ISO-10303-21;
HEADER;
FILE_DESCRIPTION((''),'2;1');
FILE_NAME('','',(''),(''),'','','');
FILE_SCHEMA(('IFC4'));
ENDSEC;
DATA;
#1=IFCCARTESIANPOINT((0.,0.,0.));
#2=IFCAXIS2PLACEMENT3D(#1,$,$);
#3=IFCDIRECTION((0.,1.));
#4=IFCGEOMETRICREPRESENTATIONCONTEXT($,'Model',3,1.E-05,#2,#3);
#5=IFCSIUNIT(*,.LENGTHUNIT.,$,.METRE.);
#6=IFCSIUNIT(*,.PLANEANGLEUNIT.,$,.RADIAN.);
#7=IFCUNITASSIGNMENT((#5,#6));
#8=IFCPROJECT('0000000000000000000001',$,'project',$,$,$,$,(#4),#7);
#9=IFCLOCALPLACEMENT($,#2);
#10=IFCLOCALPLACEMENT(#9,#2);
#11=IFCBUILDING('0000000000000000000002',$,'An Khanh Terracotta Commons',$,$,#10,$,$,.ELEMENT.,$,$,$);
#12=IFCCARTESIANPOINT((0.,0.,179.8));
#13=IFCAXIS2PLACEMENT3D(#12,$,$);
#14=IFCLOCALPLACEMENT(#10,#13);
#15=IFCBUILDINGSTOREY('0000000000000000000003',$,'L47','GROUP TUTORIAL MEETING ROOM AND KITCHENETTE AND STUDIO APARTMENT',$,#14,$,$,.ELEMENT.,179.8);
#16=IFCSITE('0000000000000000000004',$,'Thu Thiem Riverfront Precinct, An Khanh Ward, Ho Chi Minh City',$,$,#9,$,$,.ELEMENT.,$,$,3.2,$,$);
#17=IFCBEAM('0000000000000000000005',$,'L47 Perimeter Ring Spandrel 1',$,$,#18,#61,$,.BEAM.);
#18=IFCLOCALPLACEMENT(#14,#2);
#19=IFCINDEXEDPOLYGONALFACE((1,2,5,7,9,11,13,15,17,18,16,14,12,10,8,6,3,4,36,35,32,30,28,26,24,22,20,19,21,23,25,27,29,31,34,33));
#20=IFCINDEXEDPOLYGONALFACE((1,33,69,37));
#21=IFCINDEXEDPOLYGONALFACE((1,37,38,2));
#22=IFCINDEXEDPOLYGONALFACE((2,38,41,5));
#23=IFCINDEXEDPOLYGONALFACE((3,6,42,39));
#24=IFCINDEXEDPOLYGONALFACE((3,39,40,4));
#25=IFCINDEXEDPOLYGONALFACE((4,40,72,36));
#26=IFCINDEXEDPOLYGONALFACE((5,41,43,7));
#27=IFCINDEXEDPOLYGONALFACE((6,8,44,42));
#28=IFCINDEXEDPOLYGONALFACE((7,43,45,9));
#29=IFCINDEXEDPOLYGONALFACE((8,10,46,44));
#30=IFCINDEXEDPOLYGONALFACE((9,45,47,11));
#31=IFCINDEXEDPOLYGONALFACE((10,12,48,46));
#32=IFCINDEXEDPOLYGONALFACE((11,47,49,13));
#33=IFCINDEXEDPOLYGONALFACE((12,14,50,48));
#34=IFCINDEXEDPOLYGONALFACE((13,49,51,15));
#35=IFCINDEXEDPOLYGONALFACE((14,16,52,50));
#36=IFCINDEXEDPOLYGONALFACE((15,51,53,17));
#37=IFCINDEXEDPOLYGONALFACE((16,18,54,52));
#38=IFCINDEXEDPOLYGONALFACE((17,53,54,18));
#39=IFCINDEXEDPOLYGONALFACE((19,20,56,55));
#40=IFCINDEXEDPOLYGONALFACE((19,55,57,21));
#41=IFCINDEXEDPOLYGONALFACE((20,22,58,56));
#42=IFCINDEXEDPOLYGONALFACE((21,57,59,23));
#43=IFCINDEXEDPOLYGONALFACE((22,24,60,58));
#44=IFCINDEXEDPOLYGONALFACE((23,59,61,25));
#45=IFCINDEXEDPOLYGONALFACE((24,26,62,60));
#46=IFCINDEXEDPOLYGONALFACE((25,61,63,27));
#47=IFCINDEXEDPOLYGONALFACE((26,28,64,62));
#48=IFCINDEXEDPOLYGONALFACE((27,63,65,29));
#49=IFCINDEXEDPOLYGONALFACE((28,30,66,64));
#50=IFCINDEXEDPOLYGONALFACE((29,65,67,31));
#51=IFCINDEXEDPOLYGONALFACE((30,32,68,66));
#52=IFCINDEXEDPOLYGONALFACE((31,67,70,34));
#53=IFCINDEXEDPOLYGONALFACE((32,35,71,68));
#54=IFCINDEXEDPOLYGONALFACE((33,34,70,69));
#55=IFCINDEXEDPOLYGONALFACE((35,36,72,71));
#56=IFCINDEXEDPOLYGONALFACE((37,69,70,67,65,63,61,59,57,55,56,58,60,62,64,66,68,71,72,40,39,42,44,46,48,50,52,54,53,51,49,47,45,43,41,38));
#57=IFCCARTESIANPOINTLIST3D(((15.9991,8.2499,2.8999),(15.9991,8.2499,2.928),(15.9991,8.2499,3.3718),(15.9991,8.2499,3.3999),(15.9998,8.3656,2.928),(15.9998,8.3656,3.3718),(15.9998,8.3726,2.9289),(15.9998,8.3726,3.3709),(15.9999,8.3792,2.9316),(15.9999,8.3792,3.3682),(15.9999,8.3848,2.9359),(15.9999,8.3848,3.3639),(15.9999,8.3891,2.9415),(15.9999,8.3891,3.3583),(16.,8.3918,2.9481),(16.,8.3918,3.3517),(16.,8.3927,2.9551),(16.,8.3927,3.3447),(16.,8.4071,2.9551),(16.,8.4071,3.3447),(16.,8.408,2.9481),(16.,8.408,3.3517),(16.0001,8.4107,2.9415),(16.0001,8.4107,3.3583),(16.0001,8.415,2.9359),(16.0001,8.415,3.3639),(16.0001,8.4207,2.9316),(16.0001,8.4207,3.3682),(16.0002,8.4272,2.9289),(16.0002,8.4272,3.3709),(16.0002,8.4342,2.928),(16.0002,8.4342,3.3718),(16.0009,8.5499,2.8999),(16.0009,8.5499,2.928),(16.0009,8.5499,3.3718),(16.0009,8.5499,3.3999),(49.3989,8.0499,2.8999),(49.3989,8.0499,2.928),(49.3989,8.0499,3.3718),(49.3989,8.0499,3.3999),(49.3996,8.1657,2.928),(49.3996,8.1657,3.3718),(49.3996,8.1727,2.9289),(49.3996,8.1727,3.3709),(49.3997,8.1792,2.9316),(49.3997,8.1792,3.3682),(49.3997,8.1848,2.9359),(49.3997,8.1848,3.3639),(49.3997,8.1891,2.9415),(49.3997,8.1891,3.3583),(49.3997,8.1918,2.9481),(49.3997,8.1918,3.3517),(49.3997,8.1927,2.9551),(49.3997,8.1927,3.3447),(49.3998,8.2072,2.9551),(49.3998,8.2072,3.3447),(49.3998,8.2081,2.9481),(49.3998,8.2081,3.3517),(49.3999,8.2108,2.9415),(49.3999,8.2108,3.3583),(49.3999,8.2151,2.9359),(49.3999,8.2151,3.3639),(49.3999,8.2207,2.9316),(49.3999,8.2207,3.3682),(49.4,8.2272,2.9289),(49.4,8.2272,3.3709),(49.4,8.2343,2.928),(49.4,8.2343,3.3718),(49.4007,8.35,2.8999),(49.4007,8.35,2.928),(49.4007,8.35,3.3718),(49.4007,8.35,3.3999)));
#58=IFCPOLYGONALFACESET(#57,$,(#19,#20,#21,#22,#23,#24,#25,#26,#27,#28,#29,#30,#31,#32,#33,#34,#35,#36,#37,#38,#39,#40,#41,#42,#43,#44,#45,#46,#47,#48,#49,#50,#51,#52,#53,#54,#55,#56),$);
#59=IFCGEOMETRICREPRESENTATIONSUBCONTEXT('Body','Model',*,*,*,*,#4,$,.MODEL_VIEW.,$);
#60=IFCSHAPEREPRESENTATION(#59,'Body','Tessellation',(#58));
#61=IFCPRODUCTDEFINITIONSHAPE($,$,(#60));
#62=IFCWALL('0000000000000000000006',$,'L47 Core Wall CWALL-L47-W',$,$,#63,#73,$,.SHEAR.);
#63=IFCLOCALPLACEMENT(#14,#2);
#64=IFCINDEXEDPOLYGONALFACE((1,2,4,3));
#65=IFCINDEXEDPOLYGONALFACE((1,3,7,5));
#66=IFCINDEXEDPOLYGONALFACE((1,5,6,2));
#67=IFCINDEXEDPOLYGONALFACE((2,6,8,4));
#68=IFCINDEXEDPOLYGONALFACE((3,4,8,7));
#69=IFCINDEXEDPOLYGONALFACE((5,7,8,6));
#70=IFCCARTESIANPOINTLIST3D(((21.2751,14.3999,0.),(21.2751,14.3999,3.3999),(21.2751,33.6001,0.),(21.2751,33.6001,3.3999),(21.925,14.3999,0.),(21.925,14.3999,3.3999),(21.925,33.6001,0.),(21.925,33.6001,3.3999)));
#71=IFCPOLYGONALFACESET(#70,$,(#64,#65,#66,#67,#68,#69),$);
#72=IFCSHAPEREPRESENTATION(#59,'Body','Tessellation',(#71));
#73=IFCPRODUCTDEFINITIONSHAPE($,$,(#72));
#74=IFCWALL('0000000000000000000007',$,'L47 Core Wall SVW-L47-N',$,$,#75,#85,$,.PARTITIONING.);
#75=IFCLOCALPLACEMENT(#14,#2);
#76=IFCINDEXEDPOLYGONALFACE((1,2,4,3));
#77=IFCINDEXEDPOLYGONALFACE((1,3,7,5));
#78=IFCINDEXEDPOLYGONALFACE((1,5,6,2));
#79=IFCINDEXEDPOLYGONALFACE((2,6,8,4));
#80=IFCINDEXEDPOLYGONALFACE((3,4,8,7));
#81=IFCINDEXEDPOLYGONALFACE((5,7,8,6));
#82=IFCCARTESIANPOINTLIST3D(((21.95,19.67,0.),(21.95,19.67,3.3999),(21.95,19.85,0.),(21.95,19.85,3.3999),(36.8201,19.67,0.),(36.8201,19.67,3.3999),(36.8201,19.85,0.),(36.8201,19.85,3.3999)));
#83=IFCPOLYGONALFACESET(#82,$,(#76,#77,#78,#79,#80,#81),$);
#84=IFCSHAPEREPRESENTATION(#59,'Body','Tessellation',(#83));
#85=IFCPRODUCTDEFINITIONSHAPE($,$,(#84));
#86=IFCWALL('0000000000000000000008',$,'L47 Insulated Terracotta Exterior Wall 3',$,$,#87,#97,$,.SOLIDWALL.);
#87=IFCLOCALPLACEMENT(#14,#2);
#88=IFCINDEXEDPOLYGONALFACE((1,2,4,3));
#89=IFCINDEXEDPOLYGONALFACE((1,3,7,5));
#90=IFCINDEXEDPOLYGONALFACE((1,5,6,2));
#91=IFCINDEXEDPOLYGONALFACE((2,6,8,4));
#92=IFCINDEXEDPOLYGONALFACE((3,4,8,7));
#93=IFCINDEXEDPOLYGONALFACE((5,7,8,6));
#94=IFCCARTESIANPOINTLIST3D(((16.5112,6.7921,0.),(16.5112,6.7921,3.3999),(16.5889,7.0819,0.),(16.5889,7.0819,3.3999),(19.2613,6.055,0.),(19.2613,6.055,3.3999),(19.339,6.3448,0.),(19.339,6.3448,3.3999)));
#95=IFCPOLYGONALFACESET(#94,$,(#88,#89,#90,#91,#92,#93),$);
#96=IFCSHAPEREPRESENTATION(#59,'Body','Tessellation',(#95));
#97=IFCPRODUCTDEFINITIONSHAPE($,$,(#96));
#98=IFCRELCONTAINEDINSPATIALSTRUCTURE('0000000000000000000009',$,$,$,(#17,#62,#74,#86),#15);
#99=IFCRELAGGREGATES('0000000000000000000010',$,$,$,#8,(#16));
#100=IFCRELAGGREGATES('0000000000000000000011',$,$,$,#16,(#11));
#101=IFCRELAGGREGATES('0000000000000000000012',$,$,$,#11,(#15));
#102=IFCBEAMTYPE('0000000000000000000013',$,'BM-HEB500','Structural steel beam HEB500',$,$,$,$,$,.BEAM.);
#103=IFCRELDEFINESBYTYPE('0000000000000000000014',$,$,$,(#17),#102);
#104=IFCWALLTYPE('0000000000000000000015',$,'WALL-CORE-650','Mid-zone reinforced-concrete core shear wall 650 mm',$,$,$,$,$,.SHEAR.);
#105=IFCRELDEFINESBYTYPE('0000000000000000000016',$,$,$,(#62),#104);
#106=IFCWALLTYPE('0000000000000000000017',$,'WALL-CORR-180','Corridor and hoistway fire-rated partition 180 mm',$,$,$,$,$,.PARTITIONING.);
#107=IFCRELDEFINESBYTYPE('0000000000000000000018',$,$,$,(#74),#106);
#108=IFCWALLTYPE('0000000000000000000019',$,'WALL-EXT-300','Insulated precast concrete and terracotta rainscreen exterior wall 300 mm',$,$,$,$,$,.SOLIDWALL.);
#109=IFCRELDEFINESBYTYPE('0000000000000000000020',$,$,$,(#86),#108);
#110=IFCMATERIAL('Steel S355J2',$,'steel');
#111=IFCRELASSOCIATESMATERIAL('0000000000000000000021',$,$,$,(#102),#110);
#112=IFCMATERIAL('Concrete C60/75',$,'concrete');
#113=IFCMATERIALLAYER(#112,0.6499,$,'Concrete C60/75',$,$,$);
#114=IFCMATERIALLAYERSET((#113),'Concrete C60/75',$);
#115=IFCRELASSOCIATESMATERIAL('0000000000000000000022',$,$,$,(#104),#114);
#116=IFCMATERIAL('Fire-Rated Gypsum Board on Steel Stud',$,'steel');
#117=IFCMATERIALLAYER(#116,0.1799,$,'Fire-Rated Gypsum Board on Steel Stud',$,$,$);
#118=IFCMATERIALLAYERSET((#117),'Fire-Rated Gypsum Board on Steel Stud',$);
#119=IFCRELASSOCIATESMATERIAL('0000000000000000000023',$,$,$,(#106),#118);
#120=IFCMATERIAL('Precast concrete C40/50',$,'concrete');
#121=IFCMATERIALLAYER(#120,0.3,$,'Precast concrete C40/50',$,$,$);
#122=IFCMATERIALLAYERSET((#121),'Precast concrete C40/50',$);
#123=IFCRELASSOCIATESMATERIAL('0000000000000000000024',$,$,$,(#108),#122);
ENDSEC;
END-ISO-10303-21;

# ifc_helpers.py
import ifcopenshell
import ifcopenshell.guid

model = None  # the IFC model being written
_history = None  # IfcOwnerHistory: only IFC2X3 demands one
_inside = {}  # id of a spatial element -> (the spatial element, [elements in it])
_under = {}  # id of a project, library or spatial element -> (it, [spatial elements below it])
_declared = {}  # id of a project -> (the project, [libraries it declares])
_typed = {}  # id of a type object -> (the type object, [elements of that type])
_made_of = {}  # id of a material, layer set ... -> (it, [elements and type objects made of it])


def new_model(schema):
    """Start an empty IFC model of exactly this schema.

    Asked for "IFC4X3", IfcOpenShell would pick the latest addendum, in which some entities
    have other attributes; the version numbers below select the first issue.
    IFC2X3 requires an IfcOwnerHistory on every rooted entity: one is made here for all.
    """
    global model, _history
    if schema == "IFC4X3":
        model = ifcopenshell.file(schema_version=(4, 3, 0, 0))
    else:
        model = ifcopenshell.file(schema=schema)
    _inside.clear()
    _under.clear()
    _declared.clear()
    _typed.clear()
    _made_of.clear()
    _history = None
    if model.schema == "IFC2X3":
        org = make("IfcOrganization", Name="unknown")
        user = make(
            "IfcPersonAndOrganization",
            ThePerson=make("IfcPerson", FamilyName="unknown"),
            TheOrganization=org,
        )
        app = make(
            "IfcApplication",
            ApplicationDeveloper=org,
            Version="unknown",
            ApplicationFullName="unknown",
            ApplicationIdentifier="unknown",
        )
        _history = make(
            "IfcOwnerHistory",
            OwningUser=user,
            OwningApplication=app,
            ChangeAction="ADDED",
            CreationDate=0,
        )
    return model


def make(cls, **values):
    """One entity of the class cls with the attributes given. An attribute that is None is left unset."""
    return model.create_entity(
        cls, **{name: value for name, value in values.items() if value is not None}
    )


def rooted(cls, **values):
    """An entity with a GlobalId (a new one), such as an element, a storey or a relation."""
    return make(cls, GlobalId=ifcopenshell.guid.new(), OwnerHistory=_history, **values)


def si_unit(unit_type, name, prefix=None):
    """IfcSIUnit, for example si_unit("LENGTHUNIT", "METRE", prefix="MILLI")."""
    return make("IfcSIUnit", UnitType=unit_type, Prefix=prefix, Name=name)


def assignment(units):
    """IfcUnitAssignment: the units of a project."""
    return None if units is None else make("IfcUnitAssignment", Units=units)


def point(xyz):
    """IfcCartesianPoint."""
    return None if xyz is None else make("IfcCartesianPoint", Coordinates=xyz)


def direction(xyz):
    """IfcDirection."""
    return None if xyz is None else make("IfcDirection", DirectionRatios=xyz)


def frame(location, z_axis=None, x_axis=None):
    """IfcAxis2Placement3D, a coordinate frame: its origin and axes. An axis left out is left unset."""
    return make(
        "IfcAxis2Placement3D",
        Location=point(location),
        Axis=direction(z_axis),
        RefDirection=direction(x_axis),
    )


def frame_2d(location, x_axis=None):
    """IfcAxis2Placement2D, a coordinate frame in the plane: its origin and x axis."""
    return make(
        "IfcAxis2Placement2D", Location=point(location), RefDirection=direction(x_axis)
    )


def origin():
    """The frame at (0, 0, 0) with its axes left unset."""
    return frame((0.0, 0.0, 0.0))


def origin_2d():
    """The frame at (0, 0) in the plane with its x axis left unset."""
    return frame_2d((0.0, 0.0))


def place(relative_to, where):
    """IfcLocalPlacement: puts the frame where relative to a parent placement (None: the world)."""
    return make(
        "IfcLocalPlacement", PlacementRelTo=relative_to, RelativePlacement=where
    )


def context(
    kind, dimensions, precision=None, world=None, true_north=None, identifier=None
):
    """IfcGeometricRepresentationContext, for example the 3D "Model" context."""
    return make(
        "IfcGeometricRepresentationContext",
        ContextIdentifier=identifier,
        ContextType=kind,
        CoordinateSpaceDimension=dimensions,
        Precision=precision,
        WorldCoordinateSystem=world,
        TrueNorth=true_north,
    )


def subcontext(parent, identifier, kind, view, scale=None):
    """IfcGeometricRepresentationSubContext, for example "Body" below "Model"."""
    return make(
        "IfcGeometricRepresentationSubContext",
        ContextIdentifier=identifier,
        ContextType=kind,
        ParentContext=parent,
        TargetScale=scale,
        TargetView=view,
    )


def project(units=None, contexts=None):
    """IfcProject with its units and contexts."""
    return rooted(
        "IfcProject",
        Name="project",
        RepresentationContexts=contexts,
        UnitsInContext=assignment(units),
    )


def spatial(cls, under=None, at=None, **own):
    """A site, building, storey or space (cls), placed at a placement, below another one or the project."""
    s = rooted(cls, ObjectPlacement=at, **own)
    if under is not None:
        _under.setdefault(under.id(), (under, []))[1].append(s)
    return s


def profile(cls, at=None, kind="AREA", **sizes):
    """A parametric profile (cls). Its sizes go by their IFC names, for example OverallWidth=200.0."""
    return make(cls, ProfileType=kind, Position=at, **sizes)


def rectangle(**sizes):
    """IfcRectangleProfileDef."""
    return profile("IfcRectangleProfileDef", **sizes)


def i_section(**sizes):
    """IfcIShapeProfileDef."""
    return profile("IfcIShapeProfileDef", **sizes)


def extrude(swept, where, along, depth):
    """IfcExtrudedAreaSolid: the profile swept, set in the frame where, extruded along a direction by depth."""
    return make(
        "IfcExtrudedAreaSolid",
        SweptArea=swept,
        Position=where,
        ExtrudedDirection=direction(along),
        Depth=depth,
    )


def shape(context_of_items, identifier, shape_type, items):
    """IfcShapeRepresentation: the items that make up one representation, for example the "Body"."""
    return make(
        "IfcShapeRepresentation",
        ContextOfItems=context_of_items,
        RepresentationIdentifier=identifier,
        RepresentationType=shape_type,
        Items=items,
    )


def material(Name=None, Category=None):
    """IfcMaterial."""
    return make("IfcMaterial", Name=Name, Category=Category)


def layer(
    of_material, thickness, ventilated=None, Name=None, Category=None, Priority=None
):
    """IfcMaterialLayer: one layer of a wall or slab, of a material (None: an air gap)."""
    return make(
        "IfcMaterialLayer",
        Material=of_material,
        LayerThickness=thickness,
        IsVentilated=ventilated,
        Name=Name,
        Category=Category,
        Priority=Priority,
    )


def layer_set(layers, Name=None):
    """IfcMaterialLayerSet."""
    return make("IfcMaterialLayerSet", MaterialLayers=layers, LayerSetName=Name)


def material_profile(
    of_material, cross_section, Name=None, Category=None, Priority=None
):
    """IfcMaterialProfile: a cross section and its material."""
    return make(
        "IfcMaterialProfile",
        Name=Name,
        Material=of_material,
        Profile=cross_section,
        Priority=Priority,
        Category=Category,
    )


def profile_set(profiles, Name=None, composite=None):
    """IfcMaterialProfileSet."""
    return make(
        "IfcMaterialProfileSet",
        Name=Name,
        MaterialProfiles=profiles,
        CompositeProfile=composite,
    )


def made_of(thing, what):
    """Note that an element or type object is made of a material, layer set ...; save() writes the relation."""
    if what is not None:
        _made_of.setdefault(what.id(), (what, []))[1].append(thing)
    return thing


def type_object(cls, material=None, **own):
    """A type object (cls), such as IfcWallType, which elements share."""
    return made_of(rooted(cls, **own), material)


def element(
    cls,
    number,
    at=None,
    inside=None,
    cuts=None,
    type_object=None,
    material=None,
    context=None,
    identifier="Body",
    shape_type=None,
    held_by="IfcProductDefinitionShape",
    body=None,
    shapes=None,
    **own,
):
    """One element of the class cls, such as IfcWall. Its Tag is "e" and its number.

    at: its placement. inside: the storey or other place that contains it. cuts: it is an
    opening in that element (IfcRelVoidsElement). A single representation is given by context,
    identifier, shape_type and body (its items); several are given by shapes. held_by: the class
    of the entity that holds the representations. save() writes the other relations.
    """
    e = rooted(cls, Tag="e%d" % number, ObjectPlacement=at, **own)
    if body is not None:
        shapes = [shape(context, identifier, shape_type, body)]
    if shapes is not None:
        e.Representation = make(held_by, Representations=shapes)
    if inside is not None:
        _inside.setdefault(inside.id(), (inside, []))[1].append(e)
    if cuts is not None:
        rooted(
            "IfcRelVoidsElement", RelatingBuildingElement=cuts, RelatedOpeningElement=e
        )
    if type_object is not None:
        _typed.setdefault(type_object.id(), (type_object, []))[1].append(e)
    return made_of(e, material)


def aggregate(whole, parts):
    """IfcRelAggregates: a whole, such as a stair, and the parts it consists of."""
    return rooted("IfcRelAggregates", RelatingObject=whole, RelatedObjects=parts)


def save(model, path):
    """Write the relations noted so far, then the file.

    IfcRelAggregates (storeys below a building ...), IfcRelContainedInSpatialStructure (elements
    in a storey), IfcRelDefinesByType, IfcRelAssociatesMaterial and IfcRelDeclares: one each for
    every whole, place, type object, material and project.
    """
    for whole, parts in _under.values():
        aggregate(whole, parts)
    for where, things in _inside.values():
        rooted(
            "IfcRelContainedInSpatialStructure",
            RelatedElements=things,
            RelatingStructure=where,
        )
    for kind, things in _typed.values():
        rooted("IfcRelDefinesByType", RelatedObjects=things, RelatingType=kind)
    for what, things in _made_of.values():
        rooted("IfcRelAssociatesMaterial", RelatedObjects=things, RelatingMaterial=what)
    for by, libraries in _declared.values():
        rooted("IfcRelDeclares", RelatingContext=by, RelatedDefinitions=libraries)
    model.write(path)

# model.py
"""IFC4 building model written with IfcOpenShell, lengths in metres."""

from ifc_helpers import new_model, si_unit, direction, frame, frame_2d, origin, origin_2d, place, context, subcontext, project, spatial, rectangle, i_section, extrude, material, layer, layer_set, material_profile, profile_set, type_object, element, save


model = new_model("IFC4")

# Units and contexts
model_context = context("Model", 3, precision=1e-05, world=origin(), true_north=direction((0.0, 1.0)))
body_context = subcontext(model_context, "Body", "Model", "MODEL_VIEW")
ifc_project = project(units=[si_unit("LENGTHUNIT", "METRE"), si_unit("PLANEANGLEUNIT", "RADIAN")], contexts=[model_context])

# Site, building, storey
site_placement = place(None, origin())
site = spatial("IfcSite", under=ifc_project, at=site_placement, Name="Thu Thiem Riverfront Precinct, An Khanh Ward, Ho Chi Minh City", CompositionType="ELEMENT", RefElevation=3.2)
building_placement = place(site_placement, origin())
building = spatial("IfcBuilding", under=site, at=building_placement, Name="An Khanh Terracotta Commons", CompositionType="ELEMENT")
storey_placement = place(building_placement, frame((0.0, 0.0, 179.8)))
storey = spatial("IfcBuildingStorey", under=building, at=storey_placement, Name="L47", Description="GROUP TUTORIAL MEETING ROOM AND KITCHENETTE AND STUDIO APARTMENT", CompositionType="ELEMENT", Elevation=179.8)

# Shared definitions
ifc_material_1 = material(Name="Concrete C60/75", Category="concrete")

# Beam
ifc_material_2 = material(Name="Steel S355J2", Category="steel")
ifc_material_profile_1 = material_profile(ifc_material_2, i_section(OverallWidth=0.3, OverallDepth=0.5, WebThickness=0.0144, FlangeThickness=0.0281, FilletRadius=0.0271, at=origin_2d()), Name="HEB500")
ifc_profile_set_1 = profile_set([ifc_material_profile_1], Name="Steel S355J2")
beam_type_1 = type_object("IfcBeamType", Name="BM-HEB500", Description="Structural steel beam HEB500", PredefinedType="BEAM", material=ifc_profile_set_1)
beam_1_placement = place(storey_placement, frame((16.0, 8.3999, 3.1499), z_axis=(0.999982, -0.005986, 0.0), x_axis=(0.005986, 0.999982, 0.0)))
element("IfcBeam", 1, at=beam_1_placement, inside=storey, type_object=beam_type_1, Name="L47 Perimeter Ring Spandrel 1", PredefinedType="BEAM", context=body_context, shape_type="SweptSolid", body=[
    extrude(i_section(OverallWidth=0.3, OverallDepth=0.5, WebThickness=0.0144, FlangeThickness=0.0281, FilletRadius=0.0271, at=origin_2d()), origin(), (0.0, 0.0, 1.0), 33.4004),
])

# Walls
ifc_layer_1 = layer(ifc_material_1, 0.6499, Name="Concrete C60/75")
ifc_layer_set_1 = layer_set([ifc_layer_1], Name="Concrete C60/75")
wall_type_1 = type_object("IfcWallType", Name="WALL-CORE-650", Description="Mid-zone reinforced-concrete core shear wall 650 mm", PredefinedType="SHEAR", material=ifc_layer_set_1)
wall_1_placement = place(storey_placement, frame((21.6001, 14.3999, 0.0), z_axis=(0.0, 0.0, 1.0), x_axis=(0.0, 1.0, 0.0)))
element("IfcWall", 2, at=wall_1_placement, inside=storey, type_object=wall_type_1, Name="L47 Core Wall CWALL-L47-W", PredefinedType="SHEAR", context=body_context, shape_type="SweptSolid", body=[
    extrude(rectangle(XDim=19.2002, YDim=0.6499, at=frame_2d((9.6001, 0.0))), origin(), (0.0, 0.0, 1.0), 3.3999),
])
ifc_material_3 = material(Name="Fire-Rated Gypsum Board on Steel Stud", Category="steel")
ifc_layer_2 = layer(ifc_material_3, 0.1799, Name="Fire-Rated Gypsum Board on Steel Stud")
ifc_layer_set_2 = layer_set([ifc_layer_2], Name="Fire-Rated Gypsum Board on Steel Stud")
wall_type_2 = type_object("IfcWallType", Name="WALL-CORR-180", Description="Corridor and hoistway fire-rated partition 180 mm", PredefinedType="PARTITIONING", material=ifc_layer_set_2)
wall_2_placement = place(storey_placement, frame((21.95, 19.76, 0.0), z_axis=(0.0, 0.0, 1.0), x_axis=(1.0, 0.0, 0.0)))
element("IfcWall", 3, at=wall_2_placement, inside=storey, type_object=wall_type_2, Name="L47 Core Wall SVW-L47-N", PredefinedType="PARTITIONING", context=body_context, shape_type="SweptSolid", body=[
    extrude(rectangle(XDim=14.8701, YDim=0.1799, at=frame_2d((7.4351, 0.0))), origin(), (0.0, 0.0, 1.0), 3.3999),
])
ifc_material_4 = material(Name="Precast concrete C40/50", Category="concrete")
ifc_layer_3 = layer(ifc_material_4, 0.3, Name="Precast concrete C40/50")
ifc_layer_set_3 = layer_set([ifc_layer_3], Name="Precast concrete C40/50")
wall_type_3 = type_object("IfcWallType", Name="WALL-EXT-300", Description="Insulated precast concrete and terracotta rainscreen exterior wall 300 mm", PredefinedType="SOLIDWALL", material=ifc_layer_set_3)
wall_3_placement = place(storey_placement, frame((16.55, 6.937, 0.0), z_axis=(0.0, 0.0, 1.0), x_axis=(0.965908, -0.258885, 0.0)))
element("IfcWall", 4, at=wall_3_placement, inside=storey, type_object=wall_type_3, Name="L47 Insulated Terracotta Exterior Wall 3", PredefinedType="SOLIDWALL", context=body_context, shape_type="SweptSolid", body=[
    extrude(rectangle(XDim=2.8472, YDim=0.3, at=frame_2d((1.4236, 0.0))), origin(), (0.0, 0.0, 1.0), 3.3999),
])

save(model, "model.ifc")
